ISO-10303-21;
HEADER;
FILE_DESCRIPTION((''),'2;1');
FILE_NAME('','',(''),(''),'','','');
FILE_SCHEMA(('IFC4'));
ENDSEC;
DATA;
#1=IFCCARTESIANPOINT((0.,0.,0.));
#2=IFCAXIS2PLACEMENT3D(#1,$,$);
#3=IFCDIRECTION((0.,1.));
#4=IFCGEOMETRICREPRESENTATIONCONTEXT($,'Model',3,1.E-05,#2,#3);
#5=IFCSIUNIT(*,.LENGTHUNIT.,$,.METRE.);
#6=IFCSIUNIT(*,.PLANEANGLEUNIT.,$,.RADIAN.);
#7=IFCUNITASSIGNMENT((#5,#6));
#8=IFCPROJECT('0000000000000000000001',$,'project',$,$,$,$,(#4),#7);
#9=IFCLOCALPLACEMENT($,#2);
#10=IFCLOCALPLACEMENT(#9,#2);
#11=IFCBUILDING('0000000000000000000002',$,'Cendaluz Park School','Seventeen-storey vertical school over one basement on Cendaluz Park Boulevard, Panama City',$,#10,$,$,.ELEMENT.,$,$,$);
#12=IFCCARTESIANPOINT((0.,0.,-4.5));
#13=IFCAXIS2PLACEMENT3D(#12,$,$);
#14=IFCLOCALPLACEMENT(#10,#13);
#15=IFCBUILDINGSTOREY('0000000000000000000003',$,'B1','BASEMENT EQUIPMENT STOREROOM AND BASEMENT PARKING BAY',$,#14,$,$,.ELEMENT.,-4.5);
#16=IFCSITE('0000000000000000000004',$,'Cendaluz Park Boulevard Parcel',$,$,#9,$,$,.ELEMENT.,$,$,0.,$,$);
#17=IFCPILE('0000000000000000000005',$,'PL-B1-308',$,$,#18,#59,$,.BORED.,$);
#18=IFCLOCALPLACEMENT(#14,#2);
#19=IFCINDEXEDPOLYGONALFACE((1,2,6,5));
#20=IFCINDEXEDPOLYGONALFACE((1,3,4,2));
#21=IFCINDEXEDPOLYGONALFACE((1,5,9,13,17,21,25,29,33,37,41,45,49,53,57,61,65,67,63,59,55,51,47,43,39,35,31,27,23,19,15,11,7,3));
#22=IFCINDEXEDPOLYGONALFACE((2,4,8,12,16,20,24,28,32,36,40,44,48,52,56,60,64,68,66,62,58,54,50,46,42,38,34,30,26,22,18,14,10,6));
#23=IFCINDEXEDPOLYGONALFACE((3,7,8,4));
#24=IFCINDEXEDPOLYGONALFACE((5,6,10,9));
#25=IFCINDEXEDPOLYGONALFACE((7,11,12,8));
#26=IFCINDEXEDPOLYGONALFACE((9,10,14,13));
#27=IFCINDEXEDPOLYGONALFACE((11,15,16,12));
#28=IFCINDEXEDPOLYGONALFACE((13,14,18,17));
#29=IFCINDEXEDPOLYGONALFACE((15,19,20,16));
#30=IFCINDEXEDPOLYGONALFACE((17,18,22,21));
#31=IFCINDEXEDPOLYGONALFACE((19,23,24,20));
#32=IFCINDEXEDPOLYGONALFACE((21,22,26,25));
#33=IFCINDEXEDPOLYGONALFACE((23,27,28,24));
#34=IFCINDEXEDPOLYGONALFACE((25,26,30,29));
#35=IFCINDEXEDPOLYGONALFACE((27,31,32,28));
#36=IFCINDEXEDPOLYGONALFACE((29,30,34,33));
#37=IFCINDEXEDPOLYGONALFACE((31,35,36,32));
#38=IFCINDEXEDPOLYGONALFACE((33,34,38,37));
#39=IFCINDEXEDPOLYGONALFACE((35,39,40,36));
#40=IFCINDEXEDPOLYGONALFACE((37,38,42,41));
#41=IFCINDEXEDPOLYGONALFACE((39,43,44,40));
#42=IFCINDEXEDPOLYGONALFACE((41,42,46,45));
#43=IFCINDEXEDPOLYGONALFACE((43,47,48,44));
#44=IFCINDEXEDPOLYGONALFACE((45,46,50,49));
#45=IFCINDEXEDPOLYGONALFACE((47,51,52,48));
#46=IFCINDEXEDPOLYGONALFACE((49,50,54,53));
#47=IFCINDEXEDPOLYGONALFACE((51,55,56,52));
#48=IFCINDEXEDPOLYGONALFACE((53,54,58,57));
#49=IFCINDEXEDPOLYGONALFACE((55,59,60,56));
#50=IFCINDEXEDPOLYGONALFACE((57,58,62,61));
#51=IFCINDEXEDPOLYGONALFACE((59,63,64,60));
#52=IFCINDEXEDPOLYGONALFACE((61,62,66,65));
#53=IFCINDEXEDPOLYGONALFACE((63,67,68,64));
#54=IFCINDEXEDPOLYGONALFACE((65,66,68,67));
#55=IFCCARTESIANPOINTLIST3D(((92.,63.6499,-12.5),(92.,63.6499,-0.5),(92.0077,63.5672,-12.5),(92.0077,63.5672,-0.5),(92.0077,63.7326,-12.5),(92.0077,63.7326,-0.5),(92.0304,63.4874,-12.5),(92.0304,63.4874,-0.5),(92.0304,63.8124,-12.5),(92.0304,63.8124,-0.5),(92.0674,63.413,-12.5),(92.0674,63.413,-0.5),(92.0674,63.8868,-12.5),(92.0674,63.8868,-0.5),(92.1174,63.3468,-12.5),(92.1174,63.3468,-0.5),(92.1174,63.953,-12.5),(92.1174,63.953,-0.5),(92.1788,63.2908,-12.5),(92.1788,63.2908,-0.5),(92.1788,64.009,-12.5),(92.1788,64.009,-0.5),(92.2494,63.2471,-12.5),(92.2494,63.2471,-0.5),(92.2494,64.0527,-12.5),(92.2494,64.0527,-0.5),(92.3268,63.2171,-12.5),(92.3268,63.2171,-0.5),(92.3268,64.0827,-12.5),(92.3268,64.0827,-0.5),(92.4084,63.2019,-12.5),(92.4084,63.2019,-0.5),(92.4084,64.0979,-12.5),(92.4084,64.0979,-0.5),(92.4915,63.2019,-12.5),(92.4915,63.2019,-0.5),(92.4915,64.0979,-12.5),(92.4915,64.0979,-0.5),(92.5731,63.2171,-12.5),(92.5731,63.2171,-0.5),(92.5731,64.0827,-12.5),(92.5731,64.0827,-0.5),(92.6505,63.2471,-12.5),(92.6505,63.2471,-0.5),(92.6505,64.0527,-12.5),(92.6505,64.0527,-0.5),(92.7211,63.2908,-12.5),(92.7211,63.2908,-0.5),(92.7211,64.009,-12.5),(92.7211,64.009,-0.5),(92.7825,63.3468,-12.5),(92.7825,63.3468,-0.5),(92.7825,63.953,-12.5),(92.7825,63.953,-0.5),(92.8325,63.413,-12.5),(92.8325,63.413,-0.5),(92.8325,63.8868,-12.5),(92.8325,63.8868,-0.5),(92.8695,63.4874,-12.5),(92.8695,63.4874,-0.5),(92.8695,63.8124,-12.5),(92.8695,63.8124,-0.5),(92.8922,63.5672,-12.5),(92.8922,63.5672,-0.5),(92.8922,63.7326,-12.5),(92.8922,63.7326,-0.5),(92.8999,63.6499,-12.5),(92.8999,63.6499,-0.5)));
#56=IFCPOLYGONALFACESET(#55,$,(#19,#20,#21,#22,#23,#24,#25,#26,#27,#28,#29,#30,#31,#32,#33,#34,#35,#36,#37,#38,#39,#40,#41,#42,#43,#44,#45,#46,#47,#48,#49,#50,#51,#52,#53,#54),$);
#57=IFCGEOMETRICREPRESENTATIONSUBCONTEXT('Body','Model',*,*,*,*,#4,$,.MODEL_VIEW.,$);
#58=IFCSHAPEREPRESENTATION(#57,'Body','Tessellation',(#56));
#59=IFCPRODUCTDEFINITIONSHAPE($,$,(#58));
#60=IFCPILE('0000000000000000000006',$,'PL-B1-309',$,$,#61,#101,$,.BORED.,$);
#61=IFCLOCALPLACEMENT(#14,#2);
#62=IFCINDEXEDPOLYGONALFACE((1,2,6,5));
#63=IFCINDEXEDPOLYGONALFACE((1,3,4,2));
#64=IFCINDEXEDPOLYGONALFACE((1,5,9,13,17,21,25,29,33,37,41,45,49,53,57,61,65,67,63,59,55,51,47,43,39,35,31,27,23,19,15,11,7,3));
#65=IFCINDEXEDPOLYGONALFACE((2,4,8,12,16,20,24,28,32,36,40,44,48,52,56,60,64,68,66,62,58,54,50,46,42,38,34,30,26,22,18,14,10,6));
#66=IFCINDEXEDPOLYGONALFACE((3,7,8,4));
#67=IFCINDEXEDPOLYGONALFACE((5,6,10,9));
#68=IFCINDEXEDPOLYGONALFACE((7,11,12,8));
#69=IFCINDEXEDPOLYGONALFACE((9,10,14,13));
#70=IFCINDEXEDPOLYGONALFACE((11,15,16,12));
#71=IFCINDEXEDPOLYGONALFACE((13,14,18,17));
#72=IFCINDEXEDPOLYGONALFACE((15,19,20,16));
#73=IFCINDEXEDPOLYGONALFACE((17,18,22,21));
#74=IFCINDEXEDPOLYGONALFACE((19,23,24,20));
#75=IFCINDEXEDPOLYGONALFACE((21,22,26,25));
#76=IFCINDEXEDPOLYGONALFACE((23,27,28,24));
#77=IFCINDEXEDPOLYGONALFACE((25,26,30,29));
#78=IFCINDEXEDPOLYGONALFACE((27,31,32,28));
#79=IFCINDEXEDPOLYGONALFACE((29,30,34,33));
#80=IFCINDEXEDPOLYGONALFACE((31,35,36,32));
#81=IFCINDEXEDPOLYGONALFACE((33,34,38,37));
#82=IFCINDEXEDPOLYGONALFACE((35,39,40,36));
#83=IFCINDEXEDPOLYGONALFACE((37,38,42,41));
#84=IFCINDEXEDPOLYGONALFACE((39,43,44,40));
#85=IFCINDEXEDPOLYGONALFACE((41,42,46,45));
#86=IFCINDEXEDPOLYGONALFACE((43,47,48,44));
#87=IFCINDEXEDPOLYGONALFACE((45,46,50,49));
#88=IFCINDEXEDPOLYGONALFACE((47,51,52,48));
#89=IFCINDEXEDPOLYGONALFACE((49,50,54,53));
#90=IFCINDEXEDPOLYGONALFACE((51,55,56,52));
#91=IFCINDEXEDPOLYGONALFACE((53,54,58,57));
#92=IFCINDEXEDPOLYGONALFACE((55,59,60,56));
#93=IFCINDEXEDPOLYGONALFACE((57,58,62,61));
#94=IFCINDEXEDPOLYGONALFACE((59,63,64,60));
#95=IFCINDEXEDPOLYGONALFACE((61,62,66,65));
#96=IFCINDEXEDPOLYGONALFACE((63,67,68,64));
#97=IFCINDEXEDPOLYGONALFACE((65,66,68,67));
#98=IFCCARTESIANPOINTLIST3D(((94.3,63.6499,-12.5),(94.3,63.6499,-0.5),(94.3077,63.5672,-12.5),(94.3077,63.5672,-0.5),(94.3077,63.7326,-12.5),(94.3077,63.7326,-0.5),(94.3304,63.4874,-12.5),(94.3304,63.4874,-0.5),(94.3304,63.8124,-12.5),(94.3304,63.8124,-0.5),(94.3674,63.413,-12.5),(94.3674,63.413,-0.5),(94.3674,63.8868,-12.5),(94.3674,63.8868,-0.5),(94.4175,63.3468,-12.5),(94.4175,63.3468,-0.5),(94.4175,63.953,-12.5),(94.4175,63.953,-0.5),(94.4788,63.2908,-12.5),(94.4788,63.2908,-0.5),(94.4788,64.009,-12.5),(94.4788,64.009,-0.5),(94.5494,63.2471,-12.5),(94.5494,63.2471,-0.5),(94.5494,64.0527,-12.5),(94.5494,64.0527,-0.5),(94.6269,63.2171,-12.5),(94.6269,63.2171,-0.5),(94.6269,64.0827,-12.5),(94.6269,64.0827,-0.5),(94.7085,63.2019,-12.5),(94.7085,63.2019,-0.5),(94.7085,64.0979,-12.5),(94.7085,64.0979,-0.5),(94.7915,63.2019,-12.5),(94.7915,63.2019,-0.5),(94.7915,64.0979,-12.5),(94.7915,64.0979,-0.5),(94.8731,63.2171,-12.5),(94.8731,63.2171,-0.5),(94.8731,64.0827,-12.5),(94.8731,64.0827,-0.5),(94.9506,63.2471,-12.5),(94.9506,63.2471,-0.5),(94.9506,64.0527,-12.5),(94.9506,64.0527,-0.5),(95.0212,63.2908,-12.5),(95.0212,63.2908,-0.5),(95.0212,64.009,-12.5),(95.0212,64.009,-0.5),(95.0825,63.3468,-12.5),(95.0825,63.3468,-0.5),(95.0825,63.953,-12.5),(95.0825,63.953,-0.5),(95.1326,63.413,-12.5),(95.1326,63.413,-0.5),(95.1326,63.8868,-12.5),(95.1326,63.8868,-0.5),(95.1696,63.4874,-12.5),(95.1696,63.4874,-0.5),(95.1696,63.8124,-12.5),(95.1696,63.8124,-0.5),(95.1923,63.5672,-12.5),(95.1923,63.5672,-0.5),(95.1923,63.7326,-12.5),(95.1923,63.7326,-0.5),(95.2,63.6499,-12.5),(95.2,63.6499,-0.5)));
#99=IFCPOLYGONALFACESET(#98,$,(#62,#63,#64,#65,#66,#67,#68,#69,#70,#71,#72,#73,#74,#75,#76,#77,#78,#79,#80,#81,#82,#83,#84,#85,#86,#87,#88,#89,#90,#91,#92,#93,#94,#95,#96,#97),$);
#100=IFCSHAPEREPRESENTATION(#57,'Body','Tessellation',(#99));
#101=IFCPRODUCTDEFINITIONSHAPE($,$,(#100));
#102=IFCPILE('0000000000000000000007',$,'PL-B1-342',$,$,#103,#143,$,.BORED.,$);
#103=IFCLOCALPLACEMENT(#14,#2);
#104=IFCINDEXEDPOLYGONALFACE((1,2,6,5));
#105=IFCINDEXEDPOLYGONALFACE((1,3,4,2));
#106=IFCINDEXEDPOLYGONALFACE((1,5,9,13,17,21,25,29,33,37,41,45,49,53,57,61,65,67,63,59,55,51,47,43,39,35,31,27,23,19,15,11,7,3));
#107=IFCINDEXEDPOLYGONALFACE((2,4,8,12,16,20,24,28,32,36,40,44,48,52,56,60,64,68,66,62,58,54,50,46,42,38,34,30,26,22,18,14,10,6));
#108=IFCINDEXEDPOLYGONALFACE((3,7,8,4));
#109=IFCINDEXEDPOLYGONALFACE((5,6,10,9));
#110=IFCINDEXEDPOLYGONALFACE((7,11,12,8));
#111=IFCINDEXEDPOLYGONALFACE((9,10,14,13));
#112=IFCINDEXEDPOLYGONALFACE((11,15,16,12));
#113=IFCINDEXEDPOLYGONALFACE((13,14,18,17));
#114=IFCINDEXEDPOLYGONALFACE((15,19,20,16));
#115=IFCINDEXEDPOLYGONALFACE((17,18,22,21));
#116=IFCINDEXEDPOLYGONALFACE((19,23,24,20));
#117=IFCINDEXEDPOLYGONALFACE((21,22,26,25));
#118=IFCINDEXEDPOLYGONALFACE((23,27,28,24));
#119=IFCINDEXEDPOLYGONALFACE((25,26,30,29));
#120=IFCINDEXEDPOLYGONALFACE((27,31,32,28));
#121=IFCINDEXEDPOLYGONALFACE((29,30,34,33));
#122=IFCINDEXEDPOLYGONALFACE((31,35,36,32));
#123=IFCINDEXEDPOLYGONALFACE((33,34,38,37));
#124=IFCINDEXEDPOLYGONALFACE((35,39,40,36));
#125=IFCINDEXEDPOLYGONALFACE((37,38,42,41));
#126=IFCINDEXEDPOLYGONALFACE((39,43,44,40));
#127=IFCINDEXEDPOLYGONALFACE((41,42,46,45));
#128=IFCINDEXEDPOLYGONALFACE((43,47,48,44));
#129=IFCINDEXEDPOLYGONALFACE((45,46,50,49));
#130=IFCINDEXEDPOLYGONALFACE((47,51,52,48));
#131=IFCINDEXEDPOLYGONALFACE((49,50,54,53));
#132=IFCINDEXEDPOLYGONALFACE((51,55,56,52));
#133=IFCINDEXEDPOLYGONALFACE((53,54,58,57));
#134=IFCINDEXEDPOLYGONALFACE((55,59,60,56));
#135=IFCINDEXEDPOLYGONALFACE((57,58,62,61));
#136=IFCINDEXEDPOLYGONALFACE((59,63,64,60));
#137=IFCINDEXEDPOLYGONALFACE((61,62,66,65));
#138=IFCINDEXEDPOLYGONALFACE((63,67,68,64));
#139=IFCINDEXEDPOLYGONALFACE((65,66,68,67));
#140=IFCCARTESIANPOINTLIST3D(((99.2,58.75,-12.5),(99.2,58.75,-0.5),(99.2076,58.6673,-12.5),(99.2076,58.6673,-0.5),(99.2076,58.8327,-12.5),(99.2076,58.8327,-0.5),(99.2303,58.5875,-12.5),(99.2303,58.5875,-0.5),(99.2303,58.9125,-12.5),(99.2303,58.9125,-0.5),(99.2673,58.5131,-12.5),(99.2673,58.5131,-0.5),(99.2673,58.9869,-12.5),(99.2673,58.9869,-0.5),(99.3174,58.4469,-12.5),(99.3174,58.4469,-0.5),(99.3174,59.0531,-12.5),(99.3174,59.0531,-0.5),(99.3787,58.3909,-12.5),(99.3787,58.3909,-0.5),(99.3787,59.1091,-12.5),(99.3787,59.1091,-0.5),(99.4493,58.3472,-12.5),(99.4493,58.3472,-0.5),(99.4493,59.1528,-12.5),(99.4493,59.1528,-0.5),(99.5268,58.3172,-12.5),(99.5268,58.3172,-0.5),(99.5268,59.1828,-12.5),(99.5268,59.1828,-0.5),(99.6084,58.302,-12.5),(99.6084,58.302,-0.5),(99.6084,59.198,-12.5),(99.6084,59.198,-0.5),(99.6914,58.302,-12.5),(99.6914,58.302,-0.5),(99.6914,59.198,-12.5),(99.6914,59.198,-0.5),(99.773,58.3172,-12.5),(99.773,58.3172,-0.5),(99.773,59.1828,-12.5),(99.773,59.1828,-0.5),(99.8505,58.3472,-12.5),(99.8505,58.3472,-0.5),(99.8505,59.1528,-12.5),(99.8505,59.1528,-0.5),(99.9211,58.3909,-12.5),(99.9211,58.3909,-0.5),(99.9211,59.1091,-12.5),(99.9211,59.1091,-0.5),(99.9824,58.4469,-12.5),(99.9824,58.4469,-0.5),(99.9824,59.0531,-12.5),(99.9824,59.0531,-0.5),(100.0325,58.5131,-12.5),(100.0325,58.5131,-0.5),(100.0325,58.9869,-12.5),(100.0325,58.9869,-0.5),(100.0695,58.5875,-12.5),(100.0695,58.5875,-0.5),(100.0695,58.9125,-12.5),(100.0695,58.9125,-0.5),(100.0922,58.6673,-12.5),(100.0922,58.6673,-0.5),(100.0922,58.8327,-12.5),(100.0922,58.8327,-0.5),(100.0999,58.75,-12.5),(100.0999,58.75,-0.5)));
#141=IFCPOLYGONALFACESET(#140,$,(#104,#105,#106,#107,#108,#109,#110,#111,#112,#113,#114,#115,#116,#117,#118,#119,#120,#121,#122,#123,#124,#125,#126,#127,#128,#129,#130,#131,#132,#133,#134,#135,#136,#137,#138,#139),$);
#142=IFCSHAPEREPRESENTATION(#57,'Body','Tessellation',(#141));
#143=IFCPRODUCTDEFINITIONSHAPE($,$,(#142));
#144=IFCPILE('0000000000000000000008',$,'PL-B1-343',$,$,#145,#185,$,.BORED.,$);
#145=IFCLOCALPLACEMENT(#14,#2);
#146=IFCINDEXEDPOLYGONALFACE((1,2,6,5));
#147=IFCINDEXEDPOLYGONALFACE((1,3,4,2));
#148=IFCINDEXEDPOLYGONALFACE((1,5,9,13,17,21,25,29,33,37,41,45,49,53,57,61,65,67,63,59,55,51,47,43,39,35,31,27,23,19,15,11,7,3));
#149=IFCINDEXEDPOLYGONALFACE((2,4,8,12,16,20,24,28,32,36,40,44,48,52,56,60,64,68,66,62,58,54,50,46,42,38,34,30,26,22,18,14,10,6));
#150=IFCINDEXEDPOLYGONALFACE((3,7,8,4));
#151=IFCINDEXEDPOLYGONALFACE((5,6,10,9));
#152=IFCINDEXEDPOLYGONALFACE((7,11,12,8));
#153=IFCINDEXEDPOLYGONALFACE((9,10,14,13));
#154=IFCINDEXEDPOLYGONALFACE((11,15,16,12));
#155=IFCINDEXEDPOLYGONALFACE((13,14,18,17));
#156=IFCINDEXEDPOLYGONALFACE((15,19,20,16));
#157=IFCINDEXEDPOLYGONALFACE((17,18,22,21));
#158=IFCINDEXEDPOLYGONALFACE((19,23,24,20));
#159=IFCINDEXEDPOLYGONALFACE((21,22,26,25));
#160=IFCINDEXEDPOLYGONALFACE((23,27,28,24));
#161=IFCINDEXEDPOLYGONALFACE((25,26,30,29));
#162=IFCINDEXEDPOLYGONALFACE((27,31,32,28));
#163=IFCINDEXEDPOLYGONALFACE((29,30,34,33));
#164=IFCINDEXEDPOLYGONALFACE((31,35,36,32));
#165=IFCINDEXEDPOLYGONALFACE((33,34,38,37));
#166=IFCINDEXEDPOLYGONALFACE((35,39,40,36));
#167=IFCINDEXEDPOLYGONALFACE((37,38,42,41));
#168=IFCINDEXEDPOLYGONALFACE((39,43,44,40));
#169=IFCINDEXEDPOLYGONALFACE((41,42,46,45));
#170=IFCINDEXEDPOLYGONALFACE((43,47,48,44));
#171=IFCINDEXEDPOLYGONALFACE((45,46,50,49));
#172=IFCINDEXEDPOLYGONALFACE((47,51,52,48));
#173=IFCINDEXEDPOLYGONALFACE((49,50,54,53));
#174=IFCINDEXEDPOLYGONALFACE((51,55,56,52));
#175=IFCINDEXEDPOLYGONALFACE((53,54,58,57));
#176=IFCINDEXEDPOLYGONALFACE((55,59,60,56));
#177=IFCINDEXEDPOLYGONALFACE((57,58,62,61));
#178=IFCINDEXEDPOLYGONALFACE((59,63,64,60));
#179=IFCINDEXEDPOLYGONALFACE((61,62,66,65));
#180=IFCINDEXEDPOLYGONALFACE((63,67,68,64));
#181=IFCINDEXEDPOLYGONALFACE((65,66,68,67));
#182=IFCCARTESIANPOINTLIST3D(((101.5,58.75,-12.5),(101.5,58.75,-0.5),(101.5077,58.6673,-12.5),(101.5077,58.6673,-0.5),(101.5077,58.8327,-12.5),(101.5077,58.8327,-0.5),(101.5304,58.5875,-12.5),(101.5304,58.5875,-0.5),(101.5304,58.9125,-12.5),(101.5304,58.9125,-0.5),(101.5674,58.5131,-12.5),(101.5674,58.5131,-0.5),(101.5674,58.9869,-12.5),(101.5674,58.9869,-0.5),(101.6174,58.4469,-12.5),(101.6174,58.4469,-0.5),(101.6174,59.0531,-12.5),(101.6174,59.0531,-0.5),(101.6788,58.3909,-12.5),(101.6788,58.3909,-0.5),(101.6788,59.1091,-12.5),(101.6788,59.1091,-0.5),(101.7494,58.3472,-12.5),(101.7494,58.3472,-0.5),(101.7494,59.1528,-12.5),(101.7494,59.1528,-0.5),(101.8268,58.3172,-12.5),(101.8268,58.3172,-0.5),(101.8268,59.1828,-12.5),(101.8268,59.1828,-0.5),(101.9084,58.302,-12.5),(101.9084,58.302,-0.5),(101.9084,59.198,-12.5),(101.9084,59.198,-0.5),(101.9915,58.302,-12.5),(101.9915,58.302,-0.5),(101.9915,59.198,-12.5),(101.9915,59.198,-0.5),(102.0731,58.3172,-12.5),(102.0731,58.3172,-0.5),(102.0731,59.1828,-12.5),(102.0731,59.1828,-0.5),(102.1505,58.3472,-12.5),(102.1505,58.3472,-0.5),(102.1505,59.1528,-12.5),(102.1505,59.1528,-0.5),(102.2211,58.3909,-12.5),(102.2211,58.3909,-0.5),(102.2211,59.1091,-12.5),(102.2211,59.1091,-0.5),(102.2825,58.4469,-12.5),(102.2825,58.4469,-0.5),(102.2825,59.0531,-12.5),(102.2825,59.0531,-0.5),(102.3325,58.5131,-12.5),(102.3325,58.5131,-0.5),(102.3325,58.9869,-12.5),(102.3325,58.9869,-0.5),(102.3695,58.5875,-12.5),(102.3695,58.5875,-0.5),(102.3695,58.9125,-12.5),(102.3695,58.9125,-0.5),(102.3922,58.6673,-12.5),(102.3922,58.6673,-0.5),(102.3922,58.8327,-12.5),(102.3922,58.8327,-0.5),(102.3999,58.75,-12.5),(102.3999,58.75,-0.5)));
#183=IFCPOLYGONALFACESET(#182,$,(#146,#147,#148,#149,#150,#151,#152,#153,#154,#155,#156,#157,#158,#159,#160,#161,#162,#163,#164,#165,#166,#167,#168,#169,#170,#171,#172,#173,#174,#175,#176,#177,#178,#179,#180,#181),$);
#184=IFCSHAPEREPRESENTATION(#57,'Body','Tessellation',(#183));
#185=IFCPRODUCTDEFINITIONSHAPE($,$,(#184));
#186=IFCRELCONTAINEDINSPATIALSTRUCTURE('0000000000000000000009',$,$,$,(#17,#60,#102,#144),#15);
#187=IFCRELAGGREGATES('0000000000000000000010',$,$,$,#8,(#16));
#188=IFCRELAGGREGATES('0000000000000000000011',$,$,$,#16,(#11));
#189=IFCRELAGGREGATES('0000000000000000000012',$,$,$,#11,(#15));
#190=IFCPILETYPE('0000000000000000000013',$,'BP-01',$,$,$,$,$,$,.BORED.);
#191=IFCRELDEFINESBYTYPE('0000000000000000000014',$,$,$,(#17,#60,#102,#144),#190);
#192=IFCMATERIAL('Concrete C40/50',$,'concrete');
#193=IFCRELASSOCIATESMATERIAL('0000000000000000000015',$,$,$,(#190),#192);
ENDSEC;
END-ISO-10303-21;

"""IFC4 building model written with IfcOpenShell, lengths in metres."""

from ifc_helpers import new_model, si_unit, direction, frame, origin, origin_2d, place, context, subcontext, project, spatial, circle, extrude, material, material_profile, profile_set, type_object, element, save


model = new_model("IFC4")

# Units and contexts
model_context = context("Model", 3, precision=1e-05, world=origin(), true_north=direction((0.0, 1.0)))
body_context = subcontext(model_context, "Body", "Model", "MODEL_VIEW")
ifc_project = project(units=[si_unit("LENGTHUNIT", "METRE"), si_unit("PLANEANGLEUNIT", "RADIAN")], contexts=[model_context])

# Site, building, storey
site_placement = place(None, origin())
site = spatial("IfcSite", under=ifc_project, at=site_placement, Name="Cendaluz Park Boulevard Parcel", CompositionType="ELEMENT", RefElevation=0.0)
building_placement = place(site_placement, origin())
building = spatial("IfcBuilding", under=site, at=building_placement, Name="Cendaluz Park School", Description="Seventeen-storey vertical school over one basement on Cendaluz Park Boulevard, Panama City", CompositionType="ELEMENT")
storey_placement = place(building_placement, frame((0.0, 0.0, -4.5)))
storey = spatial("IfcBuildingStorey", under=building, at=storey_placement, Name="B1", Description="BASEMENT EQUIPMENT STOREROOM AND BASEMENT PARKING BAY", CompositionType="ELEMENT", Elevation=-4.5)

# Piles
ifc_material_1 = material(Name="Concrete C40/50", Category="concrete")
ifc_material_profile_1 = material_profile(ifc_material_1, circle(Radius=0.45, at=origin_2d()), Name="BP D900", Category="concrete")
ifc_profile_set_1 = profile_set([ifc_material_profile_1], Name="Concrete C40/50")
pile_type = type_object("IfcPileType", Name="BP-01", PredefinedType="BORED", material=ifc_profile_set_1)
for number, where, z_axis, x_axis, name in (
    (1, (92.45, 63.6499, -0.5), (0.0, 0.0, -1.0), (1.0, 0.0, 0.0), "PL-B1-308"),
    (2, (94.75, 63.6499, -0.5), (0.0, 0.0, -1.0), (1.0, 0.0, 0.0), "PL-B1-309"),
    (3, (99.6499, 58.75, -0.5), (0.0, 0.0, -1.0), (1.0, 0.0, 0.0), "PL-B1-342"),
    (4, (101.95, 58.75, -0.5), (0.0, 0.0, -1.0), (1.0, 0.0, 0.0), "PL-B1-343"),
):
    element("IfcPile", number, at=place(storey_placement, frame(where, z_axis=z_axis, x_axis=x_axis)), inside=storey, type_object=pile_type, Name=name, PredefinedType="BORED", context=body_context, shape_type="SweptSolid", body=[
        extrude(circle(Radius=0.45, at=origin_2d()), origin(), (0.0, 0.0, 1.0), 12.0),
    ])

save(model, "model.ifc")
